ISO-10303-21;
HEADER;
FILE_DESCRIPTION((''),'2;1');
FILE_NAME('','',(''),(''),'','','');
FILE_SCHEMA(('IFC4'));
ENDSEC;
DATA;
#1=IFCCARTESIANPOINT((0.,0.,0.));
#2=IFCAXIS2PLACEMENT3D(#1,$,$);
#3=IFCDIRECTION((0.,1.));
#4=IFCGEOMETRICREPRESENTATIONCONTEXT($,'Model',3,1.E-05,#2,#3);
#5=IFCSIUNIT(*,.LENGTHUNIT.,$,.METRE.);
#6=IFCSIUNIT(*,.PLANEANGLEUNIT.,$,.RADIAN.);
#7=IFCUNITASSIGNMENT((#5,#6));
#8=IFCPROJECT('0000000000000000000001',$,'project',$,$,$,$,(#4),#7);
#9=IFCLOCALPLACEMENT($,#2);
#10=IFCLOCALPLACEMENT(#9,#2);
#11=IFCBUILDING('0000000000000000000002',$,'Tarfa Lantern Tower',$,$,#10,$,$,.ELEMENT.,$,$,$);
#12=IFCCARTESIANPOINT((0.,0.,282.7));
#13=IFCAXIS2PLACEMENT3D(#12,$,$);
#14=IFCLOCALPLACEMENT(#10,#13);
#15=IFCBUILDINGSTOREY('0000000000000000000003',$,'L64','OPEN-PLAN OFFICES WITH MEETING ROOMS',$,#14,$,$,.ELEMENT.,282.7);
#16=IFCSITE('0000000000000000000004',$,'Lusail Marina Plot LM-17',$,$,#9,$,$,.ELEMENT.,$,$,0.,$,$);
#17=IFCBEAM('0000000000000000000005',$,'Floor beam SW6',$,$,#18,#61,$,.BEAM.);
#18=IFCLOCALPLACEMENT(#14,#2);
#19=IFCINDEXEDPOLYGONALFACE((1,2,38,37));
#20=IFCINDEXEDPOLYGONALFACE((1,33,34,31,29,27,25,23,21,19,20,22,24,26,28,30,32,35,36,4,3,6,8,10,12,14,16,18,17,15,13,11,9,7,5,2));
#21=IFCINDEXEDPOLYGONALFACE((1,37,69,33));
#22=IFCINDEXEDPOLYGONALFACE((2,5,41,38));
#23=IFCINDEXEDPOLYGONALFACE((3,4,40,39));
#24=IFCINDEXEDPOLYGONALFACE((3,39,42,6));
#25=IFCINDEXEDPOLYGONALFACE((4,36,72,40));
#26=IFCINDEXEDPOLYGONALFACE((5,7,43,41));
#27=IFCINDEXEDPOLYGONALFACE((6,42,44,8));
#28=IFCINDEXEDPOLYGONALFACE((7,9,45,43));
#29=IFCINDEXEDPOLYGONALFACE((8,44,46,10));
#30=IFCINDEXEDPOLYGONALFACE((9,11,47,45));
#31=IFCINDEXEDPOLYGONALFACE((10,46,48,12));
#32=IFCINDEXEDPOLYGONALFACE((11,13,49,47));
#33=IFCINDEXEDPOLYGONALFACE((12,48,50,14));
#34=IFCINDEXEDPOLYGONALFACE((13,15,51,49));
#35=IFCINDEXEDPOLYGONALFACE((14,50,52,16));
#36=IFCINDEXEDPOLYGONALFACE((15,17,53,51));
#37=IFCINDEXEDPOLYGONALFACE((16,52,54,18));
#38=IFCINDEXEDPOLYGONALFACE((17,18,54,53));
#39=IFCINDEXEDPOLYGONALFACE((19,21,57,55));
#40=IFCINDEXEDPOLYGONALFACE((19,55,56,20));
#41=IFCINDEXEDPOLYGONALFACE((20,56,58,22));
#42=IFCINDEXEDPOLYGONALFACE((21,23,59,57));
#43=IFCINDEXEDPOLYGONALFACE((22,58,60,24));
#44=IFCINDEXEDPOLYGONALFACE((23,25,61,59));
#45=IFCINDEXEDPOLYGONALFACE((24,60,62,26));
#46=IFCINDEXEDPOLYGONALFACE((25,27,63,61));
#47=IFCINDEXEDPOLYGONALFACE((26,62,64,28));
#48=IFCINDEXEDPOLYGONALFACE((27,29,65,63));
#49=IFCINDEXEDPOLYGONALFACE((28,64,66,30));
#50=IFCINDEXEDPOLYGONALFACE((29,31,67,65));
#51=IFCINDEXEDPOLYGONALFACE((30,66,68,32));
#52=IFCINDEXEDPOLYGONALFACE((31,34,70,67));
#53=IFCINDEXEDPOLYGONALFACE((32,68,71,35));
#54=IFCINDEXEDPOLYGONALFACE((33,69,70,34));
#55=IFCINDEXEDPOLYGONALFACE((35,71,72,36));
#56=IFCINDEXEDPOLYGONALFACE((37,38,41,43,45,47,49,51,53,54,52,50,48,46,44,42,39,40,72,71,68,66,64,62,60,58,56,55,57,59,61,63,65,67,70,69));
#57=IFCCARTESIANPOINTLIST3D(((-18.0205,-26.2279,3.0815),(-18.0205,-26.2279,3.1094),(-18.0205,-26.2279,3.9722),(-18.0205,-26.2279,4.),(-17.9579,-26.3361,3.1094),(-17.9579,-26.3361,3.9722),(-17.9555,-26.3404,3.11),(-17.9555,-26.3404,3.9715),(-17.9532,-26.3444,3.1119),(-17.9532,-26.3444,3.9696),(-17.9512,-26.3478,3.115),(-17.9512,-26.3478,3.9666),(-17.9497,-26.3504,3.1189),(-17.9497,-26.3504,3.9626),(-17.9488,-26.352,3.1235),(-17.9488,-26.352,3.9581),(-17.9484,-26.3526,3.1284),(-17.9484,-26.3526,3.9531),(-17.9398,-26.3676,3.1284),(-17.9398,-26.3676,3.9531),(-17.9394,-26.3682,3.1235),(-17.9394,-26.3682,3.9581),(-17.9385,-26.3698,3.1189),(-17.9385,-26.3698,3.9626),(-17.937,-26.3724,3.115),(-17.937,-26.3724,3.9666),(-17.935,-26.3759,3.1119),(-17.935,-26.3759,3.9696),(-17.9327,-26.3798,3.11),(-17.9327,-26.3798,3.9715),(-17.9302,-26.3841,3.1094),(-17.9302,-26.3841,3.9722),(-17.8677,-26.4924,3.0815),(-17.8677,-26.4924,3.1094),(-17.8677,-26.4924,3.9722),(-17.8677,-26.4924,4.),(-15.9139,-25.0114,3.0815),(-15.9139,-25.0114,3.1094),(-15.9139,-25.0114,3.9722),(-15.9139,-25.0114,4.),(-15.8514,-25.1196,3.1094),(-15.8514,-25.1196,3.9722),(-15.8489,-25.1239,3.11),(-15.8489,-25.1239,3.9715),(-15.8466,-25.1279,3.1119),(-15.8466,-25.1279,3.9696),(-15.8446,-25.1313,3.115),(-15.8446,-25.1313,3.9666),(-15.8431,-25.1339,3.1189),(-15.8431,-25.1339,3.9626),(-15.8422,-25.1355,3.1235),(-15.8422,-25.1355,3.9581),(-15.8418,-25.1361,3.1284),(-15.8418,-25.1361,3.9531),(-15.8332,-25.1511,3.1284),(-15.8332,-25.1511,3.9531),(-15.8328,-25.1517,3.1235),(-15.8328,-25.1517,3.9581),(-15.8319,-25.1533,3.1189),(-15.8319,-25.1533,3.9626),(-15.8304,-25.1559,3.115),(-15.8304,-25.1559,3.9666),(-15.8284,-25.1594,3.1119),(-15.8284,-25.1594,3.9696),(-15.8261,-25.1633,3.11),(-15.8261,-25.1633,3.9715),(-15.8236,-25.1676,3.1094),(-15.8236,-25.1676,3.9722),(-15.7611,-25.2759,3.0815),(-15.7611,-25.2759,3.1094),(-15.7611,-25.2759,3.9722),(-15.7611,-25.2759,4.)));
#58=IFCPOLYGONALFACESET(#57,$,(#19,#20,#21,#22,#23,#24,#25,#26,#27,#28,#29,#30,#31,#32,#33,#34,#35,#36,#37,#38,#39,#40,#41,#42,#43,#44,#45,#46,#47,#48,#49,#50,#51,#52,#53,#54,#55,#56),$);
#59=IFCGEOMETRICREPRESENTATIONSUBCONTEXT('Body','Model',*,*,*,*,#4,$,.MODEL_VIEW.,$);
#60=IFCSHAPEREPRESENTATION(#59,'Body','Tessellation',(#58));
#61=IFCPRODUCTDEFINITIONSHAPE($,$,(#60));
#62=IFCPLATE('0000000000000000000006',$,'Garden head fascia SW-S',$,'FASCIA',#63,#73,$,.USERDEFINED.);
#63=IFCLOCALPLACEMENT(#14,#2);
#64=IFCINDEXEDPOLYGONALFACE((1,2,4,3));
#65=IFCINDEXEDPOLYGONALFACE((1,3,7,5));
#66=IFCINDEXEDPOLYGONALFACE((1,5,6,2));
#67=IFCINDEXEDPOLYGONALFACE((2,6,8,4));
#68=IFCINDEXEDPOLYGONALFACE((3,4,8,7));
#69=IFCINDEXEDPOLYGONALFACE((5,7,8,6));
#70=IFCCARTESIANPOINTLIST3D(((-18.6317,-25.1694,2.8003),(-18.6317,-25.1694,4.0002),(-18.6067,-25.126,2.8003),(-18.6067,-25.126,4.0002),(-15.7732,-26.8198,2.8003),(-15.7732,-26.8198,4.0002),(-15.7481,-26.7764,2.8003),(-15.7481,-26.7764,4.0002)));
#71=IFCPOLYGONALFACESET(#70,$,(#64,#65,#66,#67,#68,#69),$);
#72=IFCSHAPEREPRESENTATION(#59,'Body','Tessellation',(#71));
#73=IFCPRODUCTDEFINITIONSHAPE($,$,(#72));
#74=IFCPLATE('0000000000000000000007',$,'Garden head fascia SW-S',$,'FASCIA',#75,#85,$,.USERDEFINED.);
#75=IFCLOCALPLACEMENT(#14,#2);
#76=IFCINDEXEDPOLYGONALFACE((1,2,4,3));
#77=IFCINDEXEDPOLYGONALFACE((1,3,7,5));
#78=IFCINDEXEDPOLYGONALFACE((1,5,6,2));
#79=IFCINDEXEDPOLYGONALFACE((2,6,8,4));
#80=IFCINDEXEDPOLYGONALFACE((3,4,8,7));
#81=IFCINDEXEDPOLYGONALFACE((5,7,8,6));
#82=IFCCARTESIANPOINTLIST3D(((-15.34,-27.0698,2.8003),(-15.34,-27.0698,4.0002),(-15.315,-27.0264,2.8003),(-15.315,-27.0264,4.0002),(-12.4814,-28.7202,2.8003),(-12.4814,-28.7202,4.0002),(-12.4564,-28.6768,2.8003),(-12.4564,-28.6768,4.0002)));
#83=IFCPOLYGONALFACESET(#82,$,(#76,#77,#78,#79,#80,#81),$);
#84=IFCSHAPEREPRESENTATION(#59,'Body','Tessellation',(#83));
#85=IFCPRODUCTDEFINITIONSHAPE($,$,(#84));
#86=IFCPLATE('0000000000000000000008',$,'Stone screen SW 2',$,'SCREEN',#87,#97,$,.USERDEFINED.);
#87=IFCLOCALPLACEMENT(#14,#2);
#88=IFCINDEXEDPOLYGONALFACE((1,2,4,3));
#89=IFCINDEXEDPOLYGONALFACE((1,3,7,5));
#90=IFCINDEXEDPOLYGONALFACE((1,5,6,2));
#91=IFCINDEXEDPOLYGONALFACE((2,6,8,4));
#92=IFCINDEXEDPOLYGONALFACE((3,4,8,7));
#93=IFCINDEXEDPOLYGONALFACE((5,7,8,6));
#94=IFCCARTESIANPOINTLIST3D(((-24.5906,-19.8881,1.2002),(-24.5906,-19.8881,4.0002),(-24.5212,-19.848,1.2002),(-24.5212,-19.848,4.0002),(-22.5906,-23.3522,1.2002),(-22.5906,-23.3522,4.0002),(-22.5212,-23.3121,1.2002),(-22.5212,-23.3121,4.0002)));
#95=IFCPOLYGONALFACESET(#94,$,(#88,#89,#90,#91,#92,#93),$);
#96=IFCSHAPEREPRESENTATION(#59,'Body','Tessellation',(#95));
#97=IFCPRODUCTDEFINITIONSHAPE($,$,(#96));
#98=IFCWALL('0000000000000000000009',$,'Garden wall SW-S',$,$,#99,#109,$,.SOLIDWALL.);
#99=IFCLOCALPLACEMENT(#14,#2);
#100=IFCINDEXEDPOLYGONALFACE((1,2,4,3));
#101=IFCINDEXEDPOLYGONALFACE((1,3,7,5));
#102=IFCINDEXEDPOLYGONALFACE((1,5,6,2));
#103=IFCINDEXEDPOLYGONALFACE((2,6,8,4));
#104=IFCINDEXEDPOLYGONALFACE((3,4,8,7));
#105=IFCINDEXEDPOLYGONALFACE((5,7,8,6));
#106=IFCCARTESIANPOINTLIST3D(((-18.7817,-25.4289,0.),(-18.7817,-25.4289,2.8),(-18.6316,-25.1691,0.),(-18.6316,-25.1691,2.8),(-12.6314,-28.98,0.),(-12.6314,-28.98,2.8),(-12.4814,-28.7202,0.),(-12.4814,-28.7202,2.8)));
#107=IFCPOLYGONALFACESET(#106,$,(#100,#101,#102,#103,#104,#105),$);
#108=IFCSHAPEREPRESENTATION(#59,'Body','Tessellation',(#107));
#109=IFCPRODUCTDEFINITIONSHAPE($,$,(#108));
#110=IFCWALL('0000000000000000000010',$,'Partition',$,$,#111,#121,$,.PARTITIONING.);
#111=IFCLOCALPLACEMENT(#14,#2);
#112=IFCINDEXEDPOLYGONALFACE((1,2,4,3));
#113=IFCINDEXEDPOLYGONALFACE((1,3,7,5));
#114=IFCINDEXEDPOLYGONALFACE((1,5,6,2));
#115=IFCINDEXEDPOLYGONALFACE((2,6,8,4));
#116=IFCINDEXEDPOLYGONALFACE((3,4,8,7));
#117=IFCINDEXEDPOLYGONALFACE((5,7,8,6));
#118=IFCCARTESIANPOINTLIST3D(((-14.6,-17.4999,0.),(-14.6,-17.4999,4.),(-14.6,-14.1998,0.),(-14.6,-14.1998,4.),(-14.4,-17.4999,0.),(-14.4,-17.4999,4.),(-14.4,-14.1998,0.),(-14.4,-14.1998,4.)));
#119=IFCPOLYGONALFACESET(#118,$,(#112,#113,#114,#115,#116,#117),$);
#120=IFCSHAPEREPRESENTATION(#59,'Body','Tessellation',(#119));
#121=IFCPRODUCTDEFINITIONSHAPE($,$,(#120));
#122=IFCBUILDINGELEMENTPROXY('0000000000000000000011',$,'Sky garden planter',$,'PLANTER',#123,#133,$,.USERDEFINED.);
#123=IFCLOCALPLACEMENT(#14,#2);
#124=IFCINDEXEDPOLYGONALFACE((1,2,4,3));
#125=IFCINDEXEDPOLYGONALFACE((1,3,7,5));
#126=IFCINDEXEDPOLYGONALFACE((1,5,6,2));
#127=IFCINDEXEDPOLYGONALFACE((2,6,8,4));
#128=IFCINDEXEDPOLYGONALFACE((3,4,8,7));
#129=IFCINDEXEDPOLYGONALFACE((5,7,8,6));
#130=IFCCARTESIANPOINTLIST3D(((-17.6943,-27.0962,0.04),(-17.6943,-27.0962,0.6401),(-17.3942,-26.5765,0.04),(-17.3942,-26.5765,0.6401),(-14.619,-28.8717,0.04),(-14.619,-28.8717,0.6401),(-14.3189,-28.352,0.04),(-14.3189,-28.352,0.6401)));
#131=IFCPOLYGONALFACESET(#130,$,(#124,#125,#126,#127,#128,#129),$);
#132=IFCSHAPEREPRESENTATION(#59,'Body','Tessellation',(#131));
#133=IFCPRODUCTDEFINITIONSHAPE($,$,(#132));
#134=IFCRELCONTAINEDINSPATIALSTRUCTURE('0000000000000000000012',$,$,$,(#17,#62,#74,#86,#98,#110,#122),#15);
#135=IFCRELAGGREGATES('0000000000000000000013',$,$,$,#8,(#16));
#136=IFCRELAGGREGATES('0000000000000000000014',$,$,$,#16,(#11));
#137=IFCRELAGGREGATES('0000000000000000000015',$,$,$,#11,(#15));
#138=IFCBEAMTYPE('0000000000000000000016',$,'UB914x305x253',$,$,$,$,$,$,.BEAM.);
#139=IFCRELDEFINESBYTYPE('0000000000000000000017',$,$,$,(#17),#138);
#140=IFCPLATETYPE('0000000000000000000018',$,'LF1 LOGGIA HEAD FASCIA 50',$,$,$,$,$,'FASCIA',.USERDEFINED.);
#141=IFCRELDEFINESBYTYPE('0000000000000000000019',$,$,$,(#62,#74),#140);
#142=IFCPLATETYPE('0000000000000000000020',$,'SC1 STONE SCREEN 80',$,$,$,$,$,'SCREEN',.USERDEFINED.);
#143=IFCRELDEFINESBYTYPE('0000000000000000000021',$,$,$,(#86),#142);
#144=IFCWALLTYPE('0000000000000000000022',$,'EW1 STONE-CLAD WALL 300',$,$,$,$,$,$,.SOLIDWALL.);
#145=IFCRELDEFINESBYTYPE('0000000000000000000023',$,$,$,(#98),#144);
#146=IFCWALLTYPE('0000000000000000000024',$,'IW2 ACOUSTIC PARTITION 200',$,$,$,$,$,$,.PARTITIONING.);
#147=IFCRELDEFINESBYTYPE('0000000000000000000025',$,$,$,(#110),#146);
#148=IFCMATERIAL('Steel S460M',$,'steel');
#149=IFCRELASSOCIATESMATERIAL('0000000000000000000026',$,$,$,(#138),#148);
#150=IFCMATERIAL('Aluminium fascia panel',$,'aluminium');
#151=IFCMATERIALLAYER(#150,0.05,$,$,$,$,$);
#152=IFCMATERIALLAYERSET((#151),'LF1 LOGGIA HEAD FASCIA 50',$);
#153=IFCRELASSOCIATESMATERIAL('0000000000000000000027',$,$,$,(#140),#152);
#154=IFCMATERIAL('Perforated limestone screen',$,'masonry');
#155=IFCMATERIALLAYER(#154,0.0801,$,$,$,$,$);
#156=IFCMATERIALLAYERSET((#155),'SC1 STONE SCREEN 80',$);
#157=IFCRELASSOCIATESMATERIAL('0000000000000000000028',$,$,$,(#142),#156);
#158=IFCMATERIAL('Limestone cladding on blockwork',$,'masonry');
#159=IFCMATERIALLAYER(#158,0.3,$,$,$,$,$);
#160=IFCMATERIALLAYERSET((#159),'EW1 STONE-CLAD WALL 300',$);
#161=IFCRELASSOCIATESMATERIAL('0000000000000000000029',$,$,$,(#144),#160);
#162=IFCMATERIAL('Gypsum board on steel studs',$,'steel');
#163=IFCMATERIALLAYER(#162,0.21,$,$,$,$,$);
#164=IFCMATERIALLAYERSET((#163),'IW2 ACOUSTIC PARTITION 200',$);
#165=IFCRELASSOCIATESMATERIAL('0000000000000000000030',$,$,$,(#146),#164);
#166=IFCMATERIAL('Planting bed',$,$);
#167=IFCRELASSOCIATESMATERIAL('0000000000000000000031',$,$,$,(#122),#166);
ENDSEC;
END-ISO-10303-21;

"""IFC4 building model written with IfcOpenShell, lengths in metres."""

from ifc_helpers import new_model, si_unit, direction, frame, frame_2d, origin, origin_2d, place, context, subcontext, project, spatial, rectangle, i_section, extrude, material, layer, layer_set, material_profile, profile_set, type_object, element, save


model = new_model("IFC4")

# Units and contexts
model_context = context("Model", 3, precision=1e-05, world=origin(), true_north=direction((0.0, 1.0)))
body_context = subcontext(model_context, "Body", "Model", "MODEL_VIEW")
ifc_project = project(units=[si_unit("LENGTHUNIT", "METRE"), si_unit("PLANEANGLEUNIT", "RADIAN")], contexts=[model_context])

# Site, building, storey
site_placement = place(None, origin())
site = spatial("IfcSite", under=ifc_project, at=site_placement, Name="Lusail Marina Plot LM-17", CompositionType="ELEMENT", RefElevation=0.0)
building_placement = place(site_placement, origin())
building = spatial("IfcBuilding", under=site, at=building_placement, Name="Tarfa Lantern Tower", CompositionType="ELEMENT")
storey_placement = place(building_placement, frame((0.0, 0.0, 282.7)))
storey = spatial("IfcBuildingStorey", under=building, at=storey_placement, Name="L64", Description="OPEN-PLAN OFFICES WITH MEETING ROOMS", CompositionType="ELEMENT", Elevation=282.7)

# Beam
ifc_material_1 = material(Name="Steel S460M", Category="steel")
ifc_material_profile_1 = material_profile(ifc_material_1, i_section(OverallWidth=0.3054, OverallDepth=0.9185, WebThickness=0.0173, FlangeThickness=0.0278, FilletRadius=0.019, at=origin_2d()), Name="UB914x305x253")
ifc_profile_set_1 = profile_set([ifc_material_profile_1], Name="Steel S460M")
beam_type_1 = type_object("IfcBeamType", Name="UB914x305x253", PredefinedType="BEAM", material=ifc_profile_set_1)
beam_1_placement = place(storey_placement, frame((-17.9441, -26.3601, 3.5408), z_axis=(0.86598, 0.500079, 0.0), x_axis=(-0.500079, 0.86598, 0.0)))
element("IfcBeam", 1, at=beam_1_placement, inside=storey, type_object=beam_type_1, Name="Floor beam SW6", PredefinedType="BEAM", context=body_context, shape_type="SweptSolid", body=[
    extrude(i_section(OverallWidth=0.3054, OverallDepth=0.9185, WebThickness=0.0173, FlangeThickness=0.0278, FilletRadius=0.019, at=origin_2d()), origin(), (0.0, 0.0, 1.0), 2.4326),
])

# Plates
ifc_material_2 = material(Name="Aluminium fascia panel", Category="aluminium")
ifc_layer_1 = layer(ifc_material_2, 0.05)
ifc_layer_set_1 = layer_set([ifc_layer_1], Name="LF1 LOGGIA HEAD FASCIA 50")
plate_type_1 = type_object("IfcPlateType", Name="LF1 LOGGIA HEAD FASCIA 50", ElementType="FASCIA", PredefinedType="USERDEFINED", material=ifc_layer_set_1)
for number, where, z_axis, x_axis, name in (
    (2, (-17.1899, -25.9729, 2.8003), (0.0, 0.0, 1.0), (0.866025, -0.5, 0.0), "Garden head fascia SW-S"),
    (3, (-13.8982, -27.8733, 2.8003), (0.0, 0.0, 1.0), (0.866025, -0.5, 0.0), "Garden head fascia SW-S"),
):
    element("IfcPlate", number, at=place(storey_placement, frame(where, z_axis=z_axis, x_axis=x_axis)), inside=storey, type_object=plate_type_1, Name=name, ObjectType="FASCIA", PredefinedType="USERDEFINED", context=body_context, shape_type="SweptSolid", body=[
        extrude(rectangle(XDim=3.3008, YDim=0.05, at=origin_2d()), origin(), (0.0, 0.0, 1.0), 1.2),
    ])
ifc_material_3 = material(Name="Perforated limestone screen", Category="masonry")
ifc_layer_2 = layer(ifc_material_3, 0.0801)
ifc_layer_set_2 = layer_set([ifc_layer_2], Name="SC1 STONE SCREEN 80")
plate_type_2 = type_object("IfcPlateType", Name="SC1 STONE SCREEN 80", ElementType="SCREEN", PredefinedType="USERDEFINED", material=ifc_layer_set_2)
plate_placement = place(storey_placement, frame((-23.5559, -21.6001, 1.2002), z_axis=(0.0, 0.0, 1.0), x_axis=(0.5, -0.866025, 0.0)))
element("IfcPlate", 4, at=plate_placement, inside=storey, type_object=plate_type_2, Name="Stone screen SW 2", ObjectType="SCREEN", PredefinedType="USERDEFINED", context=body_context, shape_type="SweptSolid", body=[
    extrude(rectangle(XDim=4.0, YDim=0.0801, at=origin_2d()), origin(), (0.0, 0.0, 1.0), 2.8),
])

# Walls
ifc_material_4 = material(Name="Limestone cladding on blockwork", Category="masonry")
ifc_layer_3 = layer(ifc_material_4, 0.3)
ifc_layer_set_3 = layer_set([ifc_layer_3], Name="EW1 STONE-CLAD WALL 300")
wall_type_1 = type_object("IfcWallType", Name="EW1 STONE-CLAD WALL 300", PredefinedType="SOLIDWALL", material=ifc_layer_set_3)
wall_1_placement = place(storey_placement, frame((-18.7065, -25.2991, 0.0), z_axis=(0.0, 0.0, 1.0), x_axis=(0.866011, -0.500025, 0.0)))
element("IfcWall", 5, at=wall_1_placement, inside=storey, type_object=wall_type_1, Name="Garden wall SW-S", PredefinedType="SOLIDWALL", context=body_context, shape_type="SweptSolid", body=[
    extrude(rectangle(XDim=7.1018, YDim=0.3, at=frame_2d((3.5508, 0.0))), origin(), (0.0, 0.0, 1.0), 2.8),
])
ifc_material_5 = material(Name="Gypsum board on steel studs", Category="steel")
ifc_layer_4 = layer(ifc_material_5, 0.21)
ifc_layer_set_4 = layer_set([ifc_layer_4], Name="IW2 ACOUSTIC PARTITION 200")
wall_type_2 = type_object("IfcWallType", Name="IW2 ACOUSTIC PARTITION 200", PredefinedType="PARTITIONING", material=ifc_layer_set_4)
wall_2_placement = place(storey_placement, frame((-14.5, -14.2, 0.0), z_axis=(0.0, 0.0, 1.0), x_axis=(0.0, -1.0, 0.0)))
element("IfcWall", 6, at=wall_2_placement, inside=storey, type_object=wall_type_2, Name="Partition", PredefinedType="PARTITIONING", context=body_context, shape_type="SweptSolid", body=[
    extrude(rectangle(XDim=3.3, YDim=0.2, at=frame_2d((1.6499, 0.0))), origin(), (0.0, 0.0, 1.0), 4.0),
])

# Building element proxy
ifc_material_6 = material(Name="Planting bed")
proxy_placement = place(storey_placement, frame((-16.0066, -27.7241, 0.04), z_axis=(0.0, 0.0, 1.0), x_axis=(0.866025, -0.5, 0.0)))
element("IfcBuildingElementProxy", 7, at=proxy_placement, inside=storey, material=ifc_material_6, Name="Sky garden planter", ObjectType="PLANTER", PredefinedType="USERDEFINED", context=body_context, shape_type="SweptSolid", body=[
    extrude(rectangle(XDim=3.551, YDim=0.6001, at=origin_2d()), origin(), (0.0, 0.0, 1.0), 0.6001),
])

save(model, "model.ifc")
